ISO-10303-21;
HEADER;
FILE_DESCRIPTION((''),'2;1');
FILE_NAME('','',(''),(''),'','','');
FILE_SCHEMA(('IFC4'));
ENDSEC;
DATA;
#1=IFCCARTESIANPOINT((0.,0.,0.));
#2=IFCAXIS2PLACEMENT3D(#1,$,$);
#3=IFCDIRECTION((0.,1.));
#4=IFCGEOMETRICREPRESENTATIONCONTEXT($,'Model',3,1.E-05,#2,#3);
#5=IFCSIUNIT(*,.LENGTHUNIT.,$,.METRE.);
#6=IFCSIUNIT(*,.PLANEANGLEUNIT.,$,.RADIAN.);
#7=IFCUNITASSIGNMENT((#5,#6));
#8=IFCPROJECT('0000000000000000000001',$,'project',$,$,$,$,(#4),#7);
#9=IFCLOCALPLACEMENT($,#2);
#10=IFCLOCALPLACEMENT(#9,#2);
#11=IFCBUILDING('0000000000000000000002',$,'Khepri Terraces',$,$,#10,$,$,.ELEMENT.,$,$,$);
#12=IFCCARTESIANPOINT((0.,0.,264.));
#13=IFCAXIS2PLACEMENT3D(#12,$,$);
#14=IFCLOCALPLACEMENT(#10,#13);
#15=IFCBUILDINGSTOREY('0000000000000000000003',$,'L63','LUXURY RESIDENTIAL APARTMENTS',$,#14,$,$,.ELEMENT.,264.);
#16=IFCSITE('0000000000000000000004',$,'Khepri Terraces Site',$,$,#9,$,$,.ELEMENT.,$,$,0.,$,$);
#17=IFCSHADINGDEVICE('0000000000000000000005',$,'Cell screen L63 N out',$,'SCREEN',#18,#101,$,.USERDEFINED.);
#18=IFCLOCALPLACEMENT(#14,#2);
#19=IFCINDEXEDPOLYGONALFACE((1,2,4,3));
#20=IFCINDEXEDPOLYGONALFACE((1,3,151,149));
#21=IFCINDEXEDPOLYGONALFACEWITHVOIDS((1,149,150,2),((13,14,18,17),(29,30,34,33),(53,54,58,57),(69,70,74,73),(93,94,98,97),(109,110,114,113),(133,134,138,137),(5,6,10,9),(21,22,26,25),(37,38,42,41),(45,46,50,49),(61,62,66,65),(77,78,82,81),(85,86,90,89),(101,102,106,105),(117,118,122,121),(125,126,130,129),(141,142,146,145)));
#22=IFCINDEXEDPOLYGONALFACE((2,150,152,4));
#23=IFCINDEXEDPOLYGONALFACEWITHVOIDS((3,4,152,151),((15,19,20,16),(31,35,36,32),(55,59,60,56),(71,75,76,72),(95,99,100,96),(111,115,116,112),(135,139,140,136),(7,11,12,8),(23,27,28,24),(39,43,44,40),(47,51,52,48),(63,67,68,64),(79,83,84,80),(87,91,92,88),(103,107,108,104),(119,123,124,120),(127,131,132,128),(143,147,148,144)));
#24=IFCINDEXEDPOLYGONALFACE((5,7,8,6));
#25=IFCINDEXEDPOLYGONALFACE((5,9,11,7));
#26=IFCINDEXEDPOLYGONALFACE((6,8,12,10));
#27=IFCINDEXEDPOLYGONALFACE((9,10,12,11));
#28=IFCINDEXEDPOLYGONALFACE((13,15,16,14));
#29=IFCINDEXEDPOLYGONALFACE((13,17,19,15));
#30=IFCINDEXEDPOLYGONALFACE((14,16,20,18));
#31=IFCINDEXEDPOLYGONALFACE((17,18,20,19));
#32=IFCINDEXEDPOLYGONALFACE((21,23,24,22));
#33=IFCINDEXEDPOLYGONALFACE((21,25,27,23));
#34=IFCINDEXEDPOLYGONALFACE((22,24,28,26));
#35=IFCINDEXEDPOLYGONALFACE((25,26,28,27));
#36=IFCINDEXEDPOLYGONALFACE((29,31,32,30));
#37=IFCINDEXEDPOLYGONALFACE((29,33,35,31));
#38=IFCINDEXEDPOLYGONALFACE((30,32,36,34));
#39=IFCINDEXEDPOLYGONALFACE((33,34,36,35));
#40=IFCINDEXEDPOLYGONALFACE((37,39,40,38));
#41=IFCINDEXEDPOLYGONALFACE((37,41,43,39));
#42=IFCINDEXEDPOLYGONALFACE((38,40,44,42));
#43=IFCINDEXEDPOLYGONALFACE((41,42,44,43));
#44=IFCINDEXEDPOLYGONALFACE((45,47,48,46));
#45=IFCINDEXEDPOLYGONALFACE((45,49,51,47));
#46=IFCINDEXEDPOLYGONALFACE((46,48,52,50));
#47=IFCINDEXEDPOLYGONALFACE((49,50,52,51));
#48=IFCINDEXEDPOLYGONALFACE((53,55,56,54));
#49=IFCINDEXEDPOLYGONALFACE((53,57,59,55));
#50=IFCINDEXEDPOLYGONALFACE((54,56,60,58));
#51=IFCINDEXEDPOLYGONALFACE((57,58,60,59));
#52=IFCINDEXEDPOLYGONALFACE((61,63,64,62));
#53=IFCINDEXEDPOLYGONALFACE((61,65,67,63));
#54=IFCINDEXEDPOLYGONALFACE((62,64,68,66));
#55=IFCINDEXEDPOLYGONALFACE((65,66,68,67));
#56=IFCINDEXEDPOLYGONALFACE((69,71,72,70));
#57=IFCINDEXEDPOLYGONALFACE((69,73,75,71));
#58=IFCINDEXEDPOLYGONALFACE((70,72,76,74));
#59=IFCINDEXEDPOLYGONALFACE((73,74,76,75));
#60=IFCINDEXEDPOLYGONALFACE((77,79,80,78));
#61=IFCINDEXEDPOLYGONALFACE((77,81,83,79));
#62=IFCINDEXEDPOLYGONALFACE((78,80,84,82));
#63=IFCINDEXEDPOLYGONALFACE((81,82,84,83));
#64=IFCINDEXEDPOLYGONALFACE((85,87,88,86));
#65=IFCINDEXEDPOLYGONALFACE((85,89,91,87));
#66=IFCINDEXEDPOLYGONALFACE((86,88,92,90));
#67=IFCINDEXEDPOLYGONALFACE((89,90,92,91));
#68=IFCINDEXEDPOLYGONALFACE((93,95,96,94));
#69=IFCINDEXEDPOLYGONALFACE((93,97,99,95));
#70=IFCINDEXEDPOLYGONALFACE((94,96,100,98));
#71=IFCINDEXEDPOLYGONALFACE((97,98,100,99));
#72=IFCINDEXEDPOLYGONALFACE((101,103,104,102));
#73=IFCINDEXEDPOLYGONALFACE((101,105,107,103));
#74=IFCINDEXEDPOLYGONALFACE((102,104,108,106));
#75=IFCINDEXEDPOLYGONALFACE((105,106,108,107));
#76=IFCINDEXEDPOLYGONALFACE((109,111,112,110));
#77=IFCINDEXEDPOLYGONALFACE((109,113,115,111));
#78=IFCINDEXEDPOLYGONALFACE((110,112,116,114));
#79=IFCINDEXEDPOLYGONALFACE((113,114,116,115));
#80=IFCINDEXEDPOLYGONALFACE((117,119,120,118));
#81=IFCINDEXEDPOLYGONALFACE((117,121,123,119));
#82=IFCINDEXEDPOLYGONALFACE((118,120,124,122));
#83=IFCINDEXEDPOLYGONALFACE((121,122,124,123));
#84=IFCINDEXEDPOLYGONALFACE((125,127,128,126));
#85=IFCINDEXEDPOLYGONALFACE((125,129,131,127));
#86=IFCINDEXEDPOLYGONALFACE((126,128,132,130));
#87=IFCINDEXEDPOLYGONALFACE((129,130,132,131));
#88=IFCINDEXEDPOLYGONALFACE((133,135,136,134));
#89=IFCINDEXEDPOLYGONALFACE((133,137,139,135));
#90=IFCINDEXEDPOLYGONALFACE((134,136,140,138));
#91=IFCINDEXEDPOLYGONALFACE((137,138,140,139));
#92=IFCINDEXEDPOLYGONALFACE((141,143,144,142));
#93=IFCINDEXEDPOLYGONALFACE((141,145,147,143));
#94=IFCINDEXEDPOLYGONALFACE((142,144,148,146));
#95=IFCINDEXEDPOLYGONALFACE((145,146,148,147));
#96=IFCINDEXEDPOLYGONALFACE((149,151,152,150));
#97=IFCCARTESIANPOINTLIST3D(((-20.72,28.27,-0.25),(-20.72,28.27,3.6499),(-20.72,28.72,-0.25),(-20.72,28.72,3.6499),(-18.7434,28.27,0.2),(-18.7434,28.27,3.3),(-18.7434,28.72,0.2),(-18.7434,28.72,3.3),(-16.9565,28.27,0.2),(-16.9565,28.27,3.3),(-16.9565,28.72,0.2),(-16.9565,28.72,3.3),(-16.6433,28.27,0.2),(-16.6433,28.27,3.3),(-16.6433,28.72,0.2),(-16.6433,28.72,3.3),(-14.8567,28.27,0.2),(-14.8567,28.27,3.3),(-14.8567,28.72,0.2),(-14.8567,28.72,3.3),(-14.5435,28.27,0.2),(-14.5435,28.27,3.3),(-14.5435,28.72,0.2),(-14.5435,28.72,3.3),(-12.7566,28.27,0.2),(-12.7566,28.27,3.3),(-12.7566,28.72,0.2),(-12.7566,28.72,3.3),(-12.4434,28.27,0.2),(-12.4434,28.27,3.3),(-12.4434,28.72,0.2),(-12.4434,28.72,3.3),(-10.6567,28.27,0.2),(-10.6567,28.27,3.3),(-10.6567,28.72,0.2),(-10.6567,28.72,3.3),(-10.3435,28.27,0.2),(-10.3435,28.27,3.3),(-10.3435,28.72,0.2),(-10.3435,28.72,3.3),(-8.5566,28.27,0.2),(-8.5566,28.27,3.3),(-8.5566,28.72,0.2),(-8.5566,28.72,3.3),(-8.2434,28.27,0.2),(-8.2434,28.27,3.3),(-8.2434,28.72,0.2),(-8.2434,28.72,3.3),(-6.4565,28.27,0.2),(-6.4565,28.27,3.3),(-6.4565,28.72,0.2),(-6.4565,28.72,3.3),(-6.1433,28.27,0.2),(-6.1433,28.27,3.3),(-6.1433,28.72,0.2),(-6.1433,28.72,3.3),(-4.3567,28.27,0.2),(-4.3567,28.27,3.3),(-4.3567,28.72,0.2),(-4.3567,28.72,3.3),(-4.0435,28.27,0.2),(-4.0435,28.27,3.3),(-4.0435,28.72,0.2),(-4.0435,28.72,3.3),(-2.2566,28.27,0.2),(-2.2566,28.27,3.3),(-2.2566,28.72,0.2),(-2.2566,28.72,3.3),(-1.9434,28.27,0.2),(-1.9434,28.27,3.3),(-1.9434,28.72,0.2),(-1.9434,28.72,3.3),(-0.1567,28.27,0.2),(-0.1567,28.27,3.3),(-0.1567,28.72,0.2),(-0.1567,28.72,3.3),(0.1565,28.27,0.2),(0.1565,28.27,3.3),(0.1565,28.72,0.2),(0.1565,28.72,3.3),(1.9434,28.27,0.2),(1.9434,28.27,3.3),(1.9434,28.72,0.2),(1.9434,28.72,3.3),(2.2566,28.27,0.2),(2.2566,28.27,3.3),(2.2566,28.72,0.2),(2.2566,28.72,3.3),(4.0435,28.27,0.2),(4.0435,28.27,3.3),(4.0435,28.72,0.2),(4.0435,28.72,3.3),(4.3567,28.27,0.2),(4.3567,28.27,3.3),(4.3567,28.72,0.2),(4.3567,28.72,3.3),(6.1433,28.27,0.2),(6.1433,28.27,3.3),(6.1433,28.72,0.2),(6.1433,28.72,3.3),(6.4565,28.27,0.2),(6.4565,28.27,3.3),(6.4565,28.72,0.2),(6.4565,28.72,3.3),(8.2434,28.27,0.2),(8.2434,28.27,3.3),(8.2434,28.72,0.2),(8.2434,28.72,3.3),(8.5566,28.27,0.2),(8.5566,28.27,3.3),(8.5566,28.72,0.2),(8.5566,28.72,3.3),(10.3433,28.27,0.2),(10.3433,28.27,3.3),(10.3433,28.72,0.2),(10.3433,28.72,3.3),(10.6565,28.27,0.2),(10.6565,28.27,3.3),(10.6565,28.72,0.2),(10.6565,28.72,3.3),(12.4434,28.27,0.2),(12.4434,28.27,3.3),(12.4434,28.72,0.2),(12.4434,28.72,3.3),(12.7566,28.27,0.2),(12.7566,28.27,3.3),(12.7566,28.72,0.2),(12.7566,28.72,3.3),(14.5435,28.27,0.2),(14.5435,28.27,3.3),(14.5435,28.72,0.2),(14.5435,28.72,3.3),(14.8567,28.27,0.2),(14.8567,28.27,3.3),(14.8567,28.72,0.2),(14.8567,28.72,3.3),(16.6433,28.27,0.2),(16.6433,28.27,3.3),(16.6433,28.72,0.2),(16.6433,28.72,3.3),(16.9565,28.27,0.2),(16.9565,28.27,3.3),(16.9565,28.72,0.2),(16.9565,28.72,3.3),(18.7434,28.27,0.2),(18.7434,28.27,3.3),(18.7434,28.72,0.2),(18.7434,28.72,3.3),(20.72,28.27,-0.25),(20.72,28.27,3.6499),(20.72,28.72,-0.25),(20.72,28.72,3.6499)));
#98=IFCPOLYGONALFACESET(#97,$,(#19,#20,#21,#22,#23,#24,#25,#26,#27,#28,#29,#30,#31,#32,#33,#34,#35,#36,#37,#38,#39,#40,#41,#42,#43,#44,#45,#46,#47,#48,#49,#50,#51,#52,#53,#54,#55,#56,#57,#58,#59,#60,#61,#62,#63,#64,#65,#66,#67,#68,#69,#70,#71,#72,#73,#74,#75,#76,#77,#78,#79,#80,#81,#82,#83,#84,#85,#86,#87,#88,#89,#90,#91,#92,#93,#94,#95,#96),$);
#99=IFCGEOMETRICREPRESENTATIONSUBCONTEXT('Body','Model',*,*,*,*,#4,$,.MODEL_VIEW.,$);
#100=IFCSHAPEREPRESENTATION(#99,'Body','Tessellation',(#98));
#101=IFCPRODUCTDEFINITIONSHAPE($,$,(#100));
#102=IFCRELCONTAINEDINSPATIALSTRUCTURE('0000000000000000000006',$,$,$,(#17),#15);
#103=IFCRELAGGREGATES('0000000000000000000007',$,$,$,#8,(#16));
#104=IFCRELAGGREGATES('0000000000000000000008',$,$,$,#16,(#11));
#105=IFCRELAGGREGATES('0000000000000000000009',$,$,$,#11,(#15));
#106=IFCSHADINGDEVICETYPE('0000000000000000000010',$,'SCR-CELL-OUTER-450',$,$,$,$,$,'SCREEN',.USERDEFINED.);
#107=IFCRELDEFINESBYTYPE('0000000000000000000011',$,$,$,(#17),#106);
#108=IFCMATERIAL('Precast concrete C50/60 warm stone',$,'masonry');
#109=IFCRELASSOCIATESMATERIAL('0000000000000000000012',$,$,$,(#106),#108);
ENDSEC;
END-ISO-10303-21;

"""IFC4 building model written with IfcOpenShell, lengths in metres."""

from ifc_helpers import new_model, si_unit, direction, frame, origin, place, context, subcontext, project, spatial, polyline, outline, extrude, material, type_object, element, save


model = new_model("IFC4")

# Units and contexts
model_context = context("Model", 3, precision=1e-05, world=origin(), true_north=direction((0.0, 1.0)))
body_context = subcontext(model_context, "Body", "Model", "MODEL_VIEW")
ifc_project = project(units=[si_unit("LENGTHUNIT", "METRE"), si_unit("PLANEANGLEUNIT", "RADIAN")], contexts=[model_context])

# Site, building, storey
site_placement = place(None, origin())
site = spatial("IfcSite", under=ifc_project, at=site_placement, Name="Khepri Terraces Site", CompositionType="ELEMENT", RefElevation=0.0)
building_placement = place(site_placement, origin())
building = spatial("IfcBuilding", under=site, at=building_placement, Name="Khepri Terraces", CompositionType="ELEMENT")
storey_placement = place(building_placement, frame((0.0, 0.0, 264.0)))
storey = spatial("IfcBuildingStorey", under=building, at=storey_placement, Name="L63", Description="LUXURY RESIDENTIAL APARTMENTS", CompositionType="ELEMENT", Elevation=264.0)

# Shared definitions
ifc_material_1 = material(Name="Precast concrete C50/60 warm stone", Category="masonry")

# Shading device
shading_device_type_1 = type_object("IfcShadingDeviceType", Name="SCR-CELL-OUTER-450", ElementType="SCREEN", PredefinedType="USERDEFINED", material=ifc_material_1)
shading_device_1_placement = place(storey_placement, frame((20.72, 28.27, -0.25), z_axis=(0.0, 1.0, 0.0), x_axis=(-1.0, 0.0, 0.0)))
element("IfcShadingDevice", 1, at=shading_device_1_placement, inside=storey, type_object=shading_device_type_1, Name="Cell screen L63 N out", ObjectType="SCREEN", PredefinedType="USERDEFINED", context=body_context, shape_type="SweptSolid", body=[
    extrude(outline(polyline([(0.0, 0.0), (41.4399, 0.0), (41.4399, 3.8999), (0.0, 3.8999), (0.0, 0.0)]), holes=[polyline([(1.9766, 0.45), (3.7634, 0.45), (3.7634, 3.55), (1.9766, 3.55), (1.9766, 0.45)]), polyline([(4.0767, 0.45), (5.8633, 0.45), (5.8633, 3.55), (4.0767, 3.55), (4.0767, 0.45)]), polyline([(6.1765, 0.45), (7.9634, 0.45), (7.9634, 3.55), (6.1765, 3.55), (6.1765, 0.45)]), polyline([(8.2766, 0.45), (10.0635, 0.45), (10.0635, 3.55), (8.2766, 3.55), (8.2766, 0.45)]), polyline([(10.3767, 0.45), (12.1633, 0.45), (12.1633, 3.55), (10.3767, 3.55), (10.3767, 0.45)]), polyline([(12.4766, 0.45), (14.2634, 0.45), (14.2634, 3.55), (12.4766, 3.55), (12.4766, 0.45)]), polyline([(14.5767, 0.45), (16.3633, 0.45), (16.3633, 3.55), (14.5767, 3.55), (14.5767, 0.45)]), polyline([(16.6765, 0.45), (18.4634, 0.45), (18.4634, 3.55), (16.6765, 3.55), (16.6765, 0.45)]), polyline([(18.7766, 0.45), (20.5635, 0.45), (20.5635, 3.55), (18.7766, 3.55), (18.7766, 0.45)]), polyline([(20.8767, 0.45), (22.6633, 0.45), (22.6633, 3.55), (20.8767, 3.55), (20.8767, 0.45)]), polyline([(22.9766, 0.45), (24.7634, 0.45), (24.7634, 3.55), (22.9766, 3.55), (22.9766, 0.45)]), polyline([(25.0767, 0.45), (26.8633, 0.45), (26.8633, 3.55), (25.0767, 3.55), (25.0767, 0.45)]), polyline([(27.1765, 0.45), (28.9634, 0.45), (28.9634, 3.55), (27.1765, 3.55), (27.1765, 0.45)]), polyline([(29.2766, 0.45), (31.0635, 0.45), (31.0635, 3.55), (29.2766, 3.55), (29.2766, 0.45)]), polyline([(31.3767, 0.45), (33.1633, 0.45), (33.1633, 3.55), (31.3767, 3.55), (31.3767, 0.45)]), polyline([(33.4766, 0.45), (35.2634, 0.45), (35.2634, 3.55), (33.4766, 3.55), (33.4766, 0.45)]), polyline([(35.5767, 0.45), (37.3633, 0.45), (37.3633, 3.55), (35.5767, 3.55), (35.5767, 0.45)]), polyline([(37.6765, 0.45), (39.4634, 0.45), (39.4634, 3.55), (37.6765, 3.55), (37.6765, 0.45)])]), origin(), (0.0, 0.0, 1.0), 0.45),
])

save(model, "model.ifc")
